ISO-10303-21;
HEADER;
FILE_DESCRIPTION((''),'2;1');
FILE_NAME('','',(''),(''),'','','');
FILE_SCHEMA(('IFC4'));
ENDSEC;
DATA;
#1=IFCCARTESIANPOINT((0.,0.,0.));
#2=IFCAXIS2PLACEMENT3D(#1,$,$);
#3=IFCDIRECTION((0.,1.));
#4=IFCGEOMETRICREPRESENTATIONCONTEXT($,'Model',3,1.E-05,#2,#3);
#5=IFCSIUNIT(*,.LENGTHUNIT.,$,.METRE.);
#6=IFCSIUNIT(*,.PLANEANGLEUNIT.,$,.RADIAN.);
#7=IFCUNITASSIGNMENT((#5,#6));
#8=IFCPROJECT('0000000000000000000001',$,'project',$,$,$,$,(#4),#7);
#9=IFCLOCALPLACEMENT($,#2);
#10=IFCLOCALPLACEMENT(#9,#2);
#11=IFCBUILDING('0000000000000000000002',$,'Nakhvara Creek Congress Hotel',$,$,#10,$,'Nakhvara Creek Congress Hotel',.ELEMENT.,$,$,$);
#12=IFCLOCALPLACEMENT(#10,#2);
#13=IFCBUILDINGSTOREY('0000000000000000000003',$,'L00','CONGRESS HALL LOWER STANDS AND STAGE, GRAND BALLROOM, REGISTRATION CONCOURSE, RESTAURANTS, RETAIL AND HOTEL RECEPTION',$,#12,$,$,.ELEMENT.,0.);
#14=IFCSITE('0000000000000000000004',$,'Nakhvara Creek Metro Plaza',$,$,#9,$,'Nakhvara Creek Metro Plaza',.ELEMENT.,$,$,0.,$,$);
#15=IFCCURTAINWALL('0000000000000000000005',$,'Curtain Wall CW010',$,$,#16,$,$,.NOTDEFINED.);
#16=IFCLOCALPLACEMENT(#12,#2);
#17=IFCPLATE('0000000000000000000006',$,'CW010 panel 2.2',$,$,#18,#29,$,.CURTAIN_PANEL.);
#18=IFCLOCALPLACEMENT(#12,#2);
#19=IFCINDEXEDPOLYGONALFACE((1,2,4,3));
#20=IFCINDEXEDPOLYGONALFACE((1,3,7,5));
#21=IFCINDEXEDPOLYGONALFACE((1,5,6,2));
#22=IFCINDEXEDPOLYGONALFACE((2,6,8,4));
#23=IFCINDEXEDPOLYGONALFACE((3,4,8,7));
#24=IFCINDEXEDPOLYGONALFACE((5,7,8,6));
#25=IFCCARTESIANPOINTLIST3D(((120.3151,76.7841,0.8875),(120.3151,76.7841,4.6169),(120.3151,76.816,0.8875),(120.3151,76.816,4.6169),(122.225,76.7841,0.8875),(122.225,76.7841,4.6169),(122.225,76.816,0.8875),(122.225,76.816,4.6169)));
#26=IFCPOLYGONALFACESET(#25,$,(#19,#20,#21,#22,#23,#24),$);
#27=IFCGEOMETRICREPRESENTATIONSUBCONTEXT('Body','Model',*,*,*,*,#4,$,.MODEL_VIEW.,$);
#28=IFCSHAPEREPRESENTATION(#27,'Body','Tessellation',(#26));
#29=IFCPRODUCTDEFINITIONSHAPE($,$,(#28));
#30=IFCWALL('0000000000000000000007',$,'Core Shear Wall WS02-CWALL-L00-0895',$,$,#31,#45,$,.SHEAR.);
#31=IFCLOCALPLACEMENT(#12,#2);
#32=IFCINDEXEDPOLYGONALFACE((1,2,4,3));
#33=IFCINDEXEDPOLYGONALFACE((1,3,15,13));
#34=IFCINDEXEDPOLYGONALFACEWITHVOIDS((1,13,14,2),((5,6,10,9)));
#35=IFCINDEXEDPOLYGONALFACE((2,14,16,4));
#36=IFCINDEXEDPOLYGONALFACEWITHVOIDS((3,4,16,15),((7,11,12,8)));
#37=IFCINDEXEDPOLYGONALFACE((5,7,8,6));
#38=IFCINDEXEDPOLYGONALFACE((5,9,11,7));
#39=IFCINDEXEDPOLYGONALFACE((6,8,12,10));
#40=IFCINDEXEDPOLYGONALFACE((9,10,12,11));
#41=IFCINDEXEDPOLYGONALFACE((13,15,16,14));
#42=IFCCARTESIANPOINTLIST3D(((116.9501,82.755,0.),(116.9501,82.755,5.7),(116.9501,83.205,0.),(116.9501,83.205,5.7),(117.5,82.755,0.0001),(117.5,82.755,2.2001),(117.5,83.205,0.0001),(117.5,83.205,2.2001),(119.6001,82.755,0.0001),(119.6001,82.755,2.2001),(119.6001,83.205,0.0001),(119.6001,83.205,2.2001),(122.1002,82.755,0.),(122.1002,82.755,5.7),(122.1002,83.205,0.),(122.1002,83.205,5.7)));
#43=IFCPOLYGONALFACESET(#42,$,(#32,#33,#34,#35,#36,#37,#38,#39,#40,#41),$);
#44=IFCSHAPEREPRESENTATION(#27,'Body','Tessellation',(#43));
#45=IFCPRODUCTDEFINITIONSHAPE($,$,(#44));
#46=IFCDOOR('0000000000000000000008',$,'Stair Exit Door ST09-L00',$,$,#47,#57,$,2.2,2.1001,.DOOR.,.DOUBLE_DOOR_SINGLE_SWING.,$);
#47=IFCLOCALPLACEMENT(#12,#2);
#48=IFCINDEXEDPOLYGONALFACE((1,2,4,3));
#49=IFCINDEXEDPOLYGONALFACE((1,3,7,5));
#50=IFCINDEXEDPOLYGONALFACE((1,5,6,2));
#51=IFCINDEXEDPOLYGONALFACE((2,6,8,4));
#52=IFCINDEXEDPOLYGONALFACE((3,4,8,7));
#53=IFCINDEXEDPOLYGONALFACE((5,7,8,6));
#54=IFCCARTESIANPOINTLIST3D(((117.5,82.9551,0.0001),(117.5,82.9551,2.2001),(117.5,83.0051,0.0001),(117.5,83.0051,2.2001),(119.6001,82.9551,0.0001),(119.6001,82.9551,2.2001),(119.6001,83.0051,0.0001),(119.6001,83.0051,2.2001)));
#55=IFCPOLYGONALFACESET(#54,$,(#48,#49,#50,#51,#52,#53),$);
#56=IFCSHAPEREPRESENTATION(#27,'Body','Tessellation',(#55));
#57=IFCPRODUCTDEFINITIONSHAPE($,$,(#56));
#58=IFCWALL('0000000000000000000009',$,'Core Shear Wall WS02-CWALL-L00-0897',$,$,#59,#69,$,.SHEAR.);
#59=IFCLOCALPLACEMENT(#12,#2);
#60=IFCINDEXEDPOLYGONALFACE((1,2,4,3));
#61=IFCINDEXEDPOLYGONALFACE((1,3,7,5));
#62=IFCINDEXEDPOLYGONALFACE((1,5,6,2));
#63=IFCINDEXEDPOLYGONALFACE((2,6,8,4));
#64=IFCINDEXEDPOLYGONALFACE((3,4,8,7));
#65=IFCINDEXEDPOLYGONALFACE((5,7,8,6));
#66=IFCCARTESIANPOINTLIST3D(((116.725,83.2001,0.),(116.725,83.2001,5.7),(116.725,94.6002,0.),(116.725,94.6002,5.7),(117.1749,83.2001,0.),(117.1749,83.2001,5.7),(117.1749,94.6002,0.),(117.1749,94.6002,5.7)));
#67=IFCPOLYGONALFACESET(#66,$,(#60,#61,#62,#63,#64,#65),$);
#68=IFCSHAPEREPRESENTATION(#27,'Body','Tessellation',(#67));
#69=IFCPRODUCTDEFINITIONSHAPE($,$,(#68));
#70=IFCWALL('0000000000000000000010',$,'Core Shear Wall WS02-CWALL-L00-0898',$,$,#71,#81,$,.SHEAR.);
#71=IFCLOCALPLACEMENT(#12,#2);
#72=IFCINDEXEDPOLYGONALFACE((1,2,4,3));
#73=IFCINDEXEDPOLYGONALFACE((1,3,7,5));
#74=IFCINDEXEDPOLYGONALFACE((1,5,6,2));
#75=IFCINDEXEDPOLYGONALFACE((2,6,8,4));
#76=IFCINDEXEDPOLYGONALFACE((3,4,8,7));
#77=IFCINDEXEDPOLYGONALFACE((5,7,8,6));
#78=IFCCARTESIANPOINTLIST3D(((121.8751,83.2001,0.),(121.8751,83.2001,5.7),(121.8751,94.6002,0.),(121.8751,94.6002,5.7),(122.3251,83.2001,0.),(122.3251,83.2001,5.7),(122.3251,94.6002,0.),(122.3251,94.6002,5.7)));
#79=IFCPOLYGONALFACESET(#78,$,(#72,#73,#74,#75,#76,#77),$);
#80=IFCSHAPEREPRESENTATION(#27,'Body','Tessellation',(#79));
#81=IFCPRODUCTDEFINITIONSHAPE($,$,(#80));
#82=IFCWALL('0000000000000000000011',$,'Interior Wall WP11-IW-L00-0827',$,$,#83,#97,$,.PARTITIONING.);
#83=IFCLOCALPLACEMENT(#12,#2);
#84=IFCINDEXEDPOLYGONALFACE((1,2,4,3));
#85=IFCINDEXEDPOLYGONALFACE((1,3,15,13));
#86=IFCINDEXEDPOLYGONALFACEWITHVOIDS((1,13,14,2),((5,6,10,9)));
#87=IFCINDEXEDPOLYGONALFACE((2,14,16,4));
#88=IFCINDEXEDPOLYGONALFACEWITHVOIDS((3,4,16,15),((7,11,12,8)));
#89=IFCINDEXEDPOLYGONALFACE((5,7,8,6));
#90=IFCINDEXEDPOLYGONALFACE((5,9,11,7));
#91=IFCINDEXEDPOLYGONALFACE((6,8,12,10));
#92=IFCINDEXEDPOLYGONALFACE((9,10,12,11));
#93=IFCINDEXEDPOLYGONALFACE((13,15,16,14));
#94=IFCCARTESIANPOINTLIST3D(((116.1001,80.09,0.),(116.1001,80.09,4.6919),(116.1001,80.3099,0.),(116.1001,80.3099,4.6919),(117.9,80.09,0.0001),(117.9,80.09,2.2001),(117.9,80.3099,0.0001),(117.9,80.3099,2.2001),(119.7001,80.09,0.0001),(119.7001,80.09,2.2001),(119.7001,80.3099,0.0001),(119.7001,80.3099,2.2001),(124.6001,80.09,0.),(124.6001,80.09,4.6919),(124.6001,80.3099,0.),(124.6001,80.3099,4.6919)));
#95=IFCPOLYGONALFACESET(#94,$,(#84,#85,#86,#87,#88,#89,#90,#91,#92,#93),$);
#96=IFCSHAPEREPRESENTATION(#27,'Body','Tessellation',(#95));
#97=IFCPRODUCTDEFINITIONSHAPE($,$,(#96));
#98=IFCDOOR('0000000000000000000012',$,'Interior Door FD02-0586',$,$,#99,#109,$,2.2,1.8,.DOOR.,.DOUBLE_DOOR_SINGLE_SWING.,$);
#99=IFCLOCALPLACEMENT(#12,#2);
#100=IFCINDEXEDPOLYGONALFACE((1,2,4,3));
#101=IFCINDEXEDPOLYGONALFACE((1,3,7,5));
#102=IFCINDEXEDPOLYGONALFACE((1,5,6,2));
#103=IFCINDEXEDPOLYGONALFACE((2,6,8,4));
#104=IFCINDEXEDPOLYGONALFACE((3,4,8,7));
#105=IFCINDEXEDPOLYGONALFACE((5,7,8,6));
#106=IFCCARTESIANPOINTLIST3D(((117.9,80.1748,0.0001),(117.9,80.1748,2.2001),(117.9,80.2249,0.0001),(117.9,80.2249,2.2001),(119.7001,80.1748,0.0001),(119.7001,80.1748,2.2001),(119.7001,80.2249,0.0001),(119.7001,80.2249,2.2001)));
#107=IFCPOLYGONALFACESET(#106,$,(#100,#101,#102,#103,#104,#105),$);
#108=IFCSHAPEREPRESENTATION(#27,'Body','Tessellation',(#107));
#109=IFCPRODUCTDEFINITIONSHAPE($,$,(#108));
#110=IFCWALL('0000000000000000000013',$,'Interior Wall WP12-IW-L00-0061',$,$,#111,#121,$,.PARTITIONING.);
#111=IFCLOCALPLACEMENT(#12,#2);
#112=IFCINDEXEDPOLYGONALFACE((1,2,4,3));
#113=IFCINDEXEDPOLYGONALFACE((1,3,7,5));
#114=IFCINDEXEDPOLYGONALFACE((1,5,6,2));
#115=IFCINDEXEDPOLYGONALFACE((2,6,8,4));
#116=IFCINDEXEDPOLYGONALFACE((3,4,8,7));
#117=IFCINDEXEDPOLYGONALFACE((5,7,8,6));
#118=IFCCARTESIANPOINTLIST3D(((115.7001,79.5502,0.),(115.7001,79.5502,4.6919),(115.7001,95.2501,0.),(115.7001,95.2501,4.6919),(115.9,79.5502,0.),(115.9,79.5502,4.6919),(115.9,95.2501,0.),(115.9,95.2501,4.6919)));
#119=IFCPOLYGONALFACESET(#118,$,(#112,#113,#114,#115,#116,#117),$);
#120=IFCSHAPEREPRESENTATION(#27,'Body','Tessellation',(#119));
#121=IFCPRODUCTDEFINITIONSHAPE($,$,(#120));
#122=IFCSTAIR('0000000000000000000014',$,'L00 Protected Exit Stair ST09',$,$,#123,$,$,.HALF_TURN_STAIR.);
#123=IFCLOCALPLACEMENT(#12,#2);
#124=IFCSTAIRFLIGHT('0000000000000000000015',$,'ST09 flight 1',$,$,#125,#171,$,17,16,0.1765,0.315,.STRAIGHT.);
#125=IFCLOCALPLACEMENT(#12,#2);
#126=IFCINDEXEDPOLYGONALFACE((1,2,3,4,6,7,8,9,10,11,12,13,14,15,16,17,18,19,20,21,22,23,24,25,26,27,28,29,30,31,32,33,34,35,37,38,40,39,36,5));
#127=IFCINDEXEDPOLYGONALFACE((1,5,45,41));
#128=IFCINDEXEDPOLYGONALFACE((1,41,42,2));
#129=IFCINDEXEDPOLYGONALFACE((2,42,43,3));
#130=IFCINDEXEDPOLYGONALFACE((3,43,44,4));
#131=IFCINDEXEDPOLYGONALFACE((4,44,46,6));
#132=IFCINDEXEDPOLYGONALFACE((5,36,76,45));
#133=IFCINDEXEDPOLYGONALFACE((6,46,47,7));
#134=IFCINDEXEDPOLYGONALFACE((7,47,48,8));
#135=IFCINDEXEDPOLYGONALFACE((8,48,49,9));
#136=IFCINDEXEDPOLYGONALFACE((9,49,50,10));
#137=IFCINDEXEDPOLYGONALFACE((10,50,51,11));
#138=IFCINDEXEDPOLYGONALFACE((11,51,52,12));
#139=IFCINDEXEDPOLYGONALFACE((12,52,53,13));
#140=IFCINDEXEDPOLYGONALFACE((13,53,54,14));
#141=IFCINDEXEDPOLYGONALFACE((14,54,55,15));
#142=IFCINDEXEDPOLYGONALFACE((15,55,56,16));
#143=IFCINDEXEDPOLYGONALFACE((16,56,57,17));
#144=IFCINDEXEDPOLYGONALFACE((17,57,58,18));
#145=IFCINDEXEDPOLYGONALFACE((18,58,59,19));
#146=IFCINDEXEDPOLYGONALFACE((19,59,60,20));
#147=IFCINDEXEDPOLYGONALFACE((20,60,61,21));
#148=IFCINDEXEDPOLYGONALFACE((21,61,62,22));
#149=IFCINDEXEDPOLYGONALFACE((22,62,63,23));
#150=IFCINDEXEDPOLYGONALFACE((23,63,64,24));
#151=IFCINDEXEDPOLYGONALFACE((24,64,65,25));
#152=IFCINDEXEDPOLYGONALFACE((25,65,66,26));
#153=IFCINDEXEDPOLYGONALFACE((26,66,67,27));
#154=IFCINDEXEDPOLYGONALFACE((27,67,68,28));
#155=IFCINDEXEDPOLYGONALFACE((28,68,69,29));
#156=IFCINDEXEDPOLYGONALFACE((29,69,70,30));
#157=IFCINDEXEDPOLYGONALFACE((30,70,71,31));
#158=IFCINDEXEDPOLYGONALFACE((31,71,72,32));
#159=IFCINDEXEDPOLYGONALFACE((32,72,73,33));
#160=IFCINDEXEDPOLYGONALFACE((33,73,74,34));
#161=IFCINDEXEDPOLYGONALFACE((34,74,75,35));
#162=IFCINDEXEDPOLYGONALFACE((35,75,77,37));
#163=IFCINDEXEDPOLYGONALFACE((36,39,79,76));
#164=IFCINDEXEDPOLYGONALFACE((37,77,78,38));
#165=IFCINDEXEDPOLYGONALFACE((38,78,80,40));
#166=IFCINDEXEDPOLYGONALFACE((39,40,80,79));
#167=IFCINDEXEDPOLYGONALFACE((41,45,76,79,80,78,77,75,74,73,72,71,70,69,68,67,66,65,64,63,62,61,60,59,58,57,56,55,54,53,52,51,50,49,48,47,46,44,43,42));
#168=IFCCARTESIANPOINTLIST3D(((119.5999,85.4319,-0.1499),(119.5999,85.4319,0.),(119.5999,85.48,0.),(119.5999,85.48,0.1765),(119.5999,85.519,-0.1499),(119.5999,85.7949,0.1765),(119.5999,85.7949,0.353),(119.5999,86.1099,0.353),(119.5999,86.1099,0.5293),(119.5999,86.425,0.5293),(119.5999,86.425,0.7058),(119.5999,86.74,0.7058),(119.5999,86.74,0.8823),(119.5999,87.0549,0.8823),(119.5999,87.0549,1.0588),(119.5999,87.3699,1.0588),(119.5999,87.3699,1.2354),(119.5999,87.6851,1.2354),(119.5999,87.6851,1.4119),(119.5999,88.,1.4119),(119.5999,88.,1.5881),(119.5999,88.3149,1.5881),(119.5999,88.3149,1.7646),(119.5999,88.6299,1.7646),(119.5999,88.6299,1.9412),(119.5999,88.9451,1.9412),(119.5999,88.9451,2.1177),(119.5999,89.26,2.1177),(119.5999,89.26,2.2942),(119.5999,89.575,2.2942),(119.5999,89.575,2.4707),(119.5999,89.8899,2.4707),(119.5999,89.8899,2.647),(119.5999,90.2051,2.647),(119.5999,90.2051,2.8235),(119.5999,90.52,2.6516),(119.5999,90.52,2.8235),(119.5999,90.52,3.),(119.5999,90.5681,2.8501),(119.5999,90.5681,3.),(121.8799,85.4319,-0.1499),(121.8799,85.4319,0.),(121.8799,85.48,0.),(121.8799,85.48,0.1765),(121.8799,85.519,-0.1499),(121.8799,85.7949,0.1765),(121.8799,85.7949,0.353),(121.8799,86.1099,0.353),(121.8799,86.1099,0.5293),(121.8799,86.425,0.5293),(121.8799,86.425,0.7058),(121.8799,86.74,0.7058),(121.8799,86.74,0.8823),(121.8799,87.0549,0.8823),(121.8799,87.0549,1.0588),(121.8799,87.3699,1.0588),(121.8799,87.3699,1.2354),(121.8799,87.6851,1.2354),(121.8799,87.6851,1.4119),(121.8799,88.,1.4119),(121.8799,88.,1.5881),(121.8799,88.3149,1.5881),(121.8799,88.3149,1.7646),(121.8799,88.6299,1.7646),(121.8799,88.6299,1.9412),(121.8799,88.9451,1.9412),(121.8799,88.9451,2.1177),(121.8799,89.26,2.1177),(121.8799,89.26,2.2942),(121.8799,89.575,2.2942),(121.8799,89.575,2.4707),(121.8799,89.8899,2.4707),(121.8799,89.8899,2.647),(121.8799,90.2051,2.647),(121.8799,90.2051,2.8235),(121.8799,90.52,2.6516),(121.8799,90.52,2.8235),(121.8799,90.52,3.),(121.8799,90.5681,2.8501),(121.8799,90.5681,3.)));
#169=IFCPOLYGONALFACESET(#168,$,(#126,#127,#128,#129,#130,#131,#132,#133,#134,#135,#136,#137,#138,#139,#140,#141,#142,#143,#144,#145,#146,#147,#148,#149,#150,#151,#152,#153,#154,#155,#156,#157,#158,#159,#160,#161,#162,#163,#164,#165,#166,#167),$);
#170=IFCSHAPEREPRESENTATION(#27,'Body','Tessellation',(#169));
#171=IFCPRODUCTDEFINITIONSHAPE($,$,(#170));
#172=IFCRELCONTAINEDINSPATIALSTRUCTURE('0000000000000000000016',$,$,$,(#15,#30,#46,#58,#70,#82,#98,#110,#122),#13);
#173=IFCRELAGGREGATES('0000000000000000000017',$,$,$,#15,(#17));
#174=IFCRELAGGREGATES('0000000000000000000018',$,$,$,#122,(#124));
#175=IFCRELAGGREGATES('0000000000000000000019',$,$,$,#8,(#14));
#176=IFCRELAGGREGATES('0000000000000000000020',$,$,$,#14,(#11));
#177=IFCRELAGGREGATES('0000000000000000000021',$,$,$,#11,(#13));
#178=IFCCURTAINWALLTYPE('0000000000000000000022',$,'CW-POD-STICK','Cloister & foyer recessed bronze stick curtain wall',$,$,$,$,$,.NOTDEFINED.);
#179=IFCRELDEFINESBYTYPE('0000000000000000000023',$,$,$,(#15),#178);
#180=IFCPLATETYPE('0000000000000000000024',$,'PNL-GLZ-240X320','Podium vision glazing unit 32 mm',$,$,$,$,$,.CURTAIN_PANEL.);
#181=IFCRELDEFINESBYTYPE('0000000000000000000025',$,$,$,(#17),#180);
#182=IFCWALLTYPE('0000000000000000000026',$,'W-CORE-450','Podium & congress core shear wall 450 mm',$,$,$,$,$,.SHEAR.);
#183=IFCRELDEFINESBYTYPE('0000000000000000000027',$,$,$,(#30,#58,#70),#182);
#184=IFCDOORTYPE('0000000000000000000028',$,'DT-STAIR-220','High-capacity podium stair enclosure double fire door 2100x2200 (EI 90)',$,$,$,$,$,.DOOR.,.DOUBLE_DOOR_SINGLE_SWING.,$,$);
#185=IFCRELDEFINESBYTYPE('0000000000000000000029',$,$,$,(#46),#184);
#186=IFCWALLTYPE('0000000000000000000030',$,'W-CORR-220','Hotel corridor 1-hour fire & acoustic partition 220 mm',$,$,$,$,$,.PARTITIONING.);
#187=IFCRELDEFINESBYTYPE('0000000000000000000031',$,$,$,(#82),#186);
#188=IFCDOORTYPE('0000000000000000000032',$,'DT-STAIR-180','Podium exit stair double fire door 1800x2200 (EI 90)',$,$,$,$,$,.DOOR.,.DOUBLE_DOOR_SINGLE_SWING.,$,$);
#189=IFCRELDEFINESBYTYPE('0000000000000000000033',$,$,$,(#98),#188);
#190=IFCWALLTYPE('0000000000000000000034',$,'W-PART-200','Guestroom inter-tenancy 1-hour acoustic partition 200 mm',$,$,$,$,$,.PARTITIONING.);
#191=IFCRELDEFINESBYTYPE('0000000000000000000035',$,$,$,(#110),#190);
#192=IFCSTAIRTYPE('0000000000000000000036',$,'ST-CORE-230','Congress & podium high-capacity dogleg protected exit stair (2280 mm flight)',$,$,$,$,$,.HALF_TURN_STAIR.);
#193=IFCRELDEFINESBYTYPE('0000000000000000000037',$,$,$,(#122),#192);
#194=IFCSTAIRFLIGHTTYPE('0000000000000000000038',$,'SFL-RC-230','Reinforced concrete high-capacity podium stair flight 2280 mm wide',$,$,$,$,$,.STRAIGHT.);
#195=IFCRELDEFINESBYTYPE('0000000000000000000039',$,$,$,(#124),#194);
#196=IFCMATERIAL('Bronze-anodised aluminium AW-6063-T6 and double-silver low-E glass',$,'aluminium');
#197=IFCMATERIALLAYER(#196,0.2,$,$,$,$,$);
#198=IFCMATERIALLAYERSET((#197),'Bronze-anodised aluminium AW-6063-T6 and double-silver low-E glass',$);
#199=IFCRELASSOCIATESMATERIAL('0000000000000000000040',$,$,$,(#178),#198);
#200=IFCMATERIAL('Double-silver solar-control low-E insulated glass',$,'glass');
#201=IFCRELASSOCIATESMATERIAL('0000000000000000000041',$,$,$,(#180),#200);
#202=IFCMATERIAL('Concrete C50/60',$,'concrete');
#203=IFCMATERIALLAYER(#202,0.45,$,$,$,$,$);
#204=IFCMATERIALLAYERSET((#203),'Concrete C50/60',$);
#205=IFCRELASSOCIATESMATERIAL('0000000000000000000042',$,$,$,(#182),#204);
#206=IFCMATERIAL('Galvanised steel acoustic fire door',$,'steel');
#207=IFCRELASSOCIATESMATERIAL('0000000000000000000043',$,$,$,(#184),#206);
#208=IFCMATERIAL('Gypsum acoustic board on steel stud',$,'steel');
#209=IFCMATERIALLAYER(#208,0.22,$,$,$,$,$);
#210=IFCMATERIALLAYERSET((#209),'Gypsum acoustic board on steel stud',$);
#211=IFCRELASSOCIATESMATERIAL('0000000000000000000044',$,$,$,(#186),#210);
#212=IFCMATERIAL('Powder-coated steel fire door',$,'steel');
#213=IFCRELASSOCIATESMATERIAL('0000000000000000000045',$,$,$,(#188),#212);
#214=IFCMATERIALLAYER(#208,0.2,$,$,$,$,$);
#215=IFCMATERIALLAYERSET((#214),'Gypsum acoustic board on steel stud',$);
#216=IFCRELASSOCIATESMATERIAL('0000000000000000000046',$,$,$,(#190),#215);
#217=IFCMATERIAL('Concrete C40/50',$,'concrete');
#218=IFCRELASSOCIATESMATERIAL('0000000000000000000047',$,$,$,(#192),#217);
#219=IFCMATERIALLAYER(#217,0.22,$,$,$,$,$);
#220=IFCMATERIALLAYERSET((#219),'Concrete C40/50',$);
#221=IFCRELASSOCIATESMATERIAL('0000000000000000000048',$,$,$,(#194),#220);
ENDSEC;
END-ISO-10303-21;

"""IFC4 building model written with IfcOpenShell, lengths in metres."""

from ifc_helpers import new_model, si_unit, direction, frame, frame_2d, origin, origin_2d, place, context, subcontext, project, spatial, polyline, rectangle, outline, extrude, material, layer, layer_set, type_object, element, fill, aggregate, save


model = new_model("IFC4")

# Units and contexts
model_context = context("Model", 3, precision=1e-05, world=origin(), true_north=direction((0.0, 1.0)))
body_context = subcontext(model_context, "Body", "Model", "MODEL_VIEW")
ifc_project = project(units=[si_unit("LENGTHUNIT", "METRE"), si_unit("PLANEANGLEUNIT", "RADIAN")], contexts=[model_context])

# Site, building, storey
site_placement = place(None, origin())
site = spatial("IfcSite", under=ifc_project, at=site_placement, Name="Nakhvara Creek Metro Plaza", LongName="Nakhvara Creek Metro Plaza", CompositionType="ELEMENT", RefElevation=0.0)
building_placement = place(site_placement, origin())
building = spatial("IfcBuilding", under=site, at=building_placement, Name="Nakhvara Creek Congress Hotel", LongName="Nakhvara Creek Congress Hotel", CompositionType="ELEMENT")
storey_placement = place(building_placement, origin())
storey = spatial("IfcBuildingStorey", under=building, at=storey_placement, Name="L00", Description="CONGRESS HALL LOWER STANDS AND STAGE, GRAND BALLROOM, REGISTRATION CONCOURSE, RESTAURANTS, RETAIL AND HOTEL RECEPTION", CompositionType="ELEMENT", Elevation=0.0)

# Shared definitions
ifc_material_1 = material(Name="Concrete C50/60", Category="concrete")

# Shared definitions
ifc_material_2 = material(Name="Concrete C40/50", Category="concrete")

# Shared definitions
ifc_material_3 = material(Name="Bronze-anodised aluminium AW-6063-T6 and double-silver low-E glass", Category="aluminium")
ifc_layer_1 = layer(ifc_material_3, 0.2)
ifc_layer_set_1 = layer_set([ifc_layer_1], Name="Bronze-anodised aluminium AW-6063-T6 and double-silver low-E glass")
curtain_wall_type = type_object("IfcCurtainWallType", Name="CW-POD-STICK", Description="Cloister & foyer recessed bronze stick curtain wall", PredefinedType="NOTDEFINED", material=ifc_layer_set_1)

# Curtain wall
curtain_wall_1_placement = place(storey_placement, origin())
curtain_wall_1 = element("IfcCurtainWall", 1, at=curtain_wall_1_placement, inside=storey, type_object=curtain_wall_type, Name="Curtain Wall CW010", PredefinedType="NOTDEFINED")

# Plate
ifc_material_4 = material(Name="Double-silver solar-control low-E insulated glass", Category="glass")
plate_type = type_object("IfcPlateType", Name="PNL-GLZ-240X320", Description="Podium vision glazing unit 32 mm", PredefinedType="CURTAIN_PANEL", material=ifc_material_4)
plate_1_placement = place(storey_placement, frame((121.27, 76.8, 0.8875), z_axis=(0.0, 0.0, 1.0), x_axis=(-1.0, 0.0, 0.0)))
plate_1 = element("IfcPlate", 2, at=plate_1_placement, type_object=plate_type, Name="CW010 panel 2.2", PredefinedType="CURTAIN_PANEL", context=body_context, shape_type="SweptSolid", body=[
    extrude(rectangle(XDim=1.9099, YDim=0.032, at=origin_2d()), origin(), (0.0, 0.0, 1.0), 3.7295),
])
aggregate(curtain_wall_1, [plate_1])

# Wall, opening, door
ifc_layer_2 = layer(ifc_material_1, 0.45)
ifc_layer_set_2 = layer_set([ifc_layer_2], Name="Concrete C50/60")
wall_type_1 = type_object("IfcWallType", Name="W-CORE-450", Description="Podium & congress core shear wall 450 mm", PredefinedType="SHEAR", material=ifc_layer_set_2)
wall_1_placement = place(storey_placement, frame((116.95, 82.98, 0.0), z_axis=(0.0, 0.0, 1.0), x_axis=(1.0, 0.0, 0.0)))
wall_1 = element("IfcWall", 3, at=wall_1_placement, inside=storey, type_object=wall_type_1, Name="Core Shear Wall WS02-CWALL-L00-0895", PredefinedType="SHEAR", context=body_context, shape_type="SweptSolid", body=[
    extrude(rectangle(XDim=5.1501, YDim=0.45, at=frame_2d((2.5752, 0.0))), origin(), (0.0, 0.0, 1.0), 5.7),
])
opening_1_placement = place(wall_1_placement, frame((0.55, 0.0, 0.0)))
opening_1 = element("IfcOpeningElement", 4, at=opening_1_placement, cuts=wall_1, PredefinedType="OPENING", context=body_context, shape_type="SweptSolid", body=[
    extrude(rectangle(XDim=2.1001, YDim=2.2, at=frame_2d((1.05, 1.1001))), frame((0.0, 0.2368, 0.0), z_axis=(0.0, -1.0, 0.0), x_axis=(1.0, 0.0, 0.0)), (0.0, 0.0, 1.0), 0.4739),
])
ifc_material_5 = material(Name="Galvanised steel acoustic fire door", Category="steel")
door_type_1 = type_object("IfcDoorType", Name="DT-STAIR-220", Description="High-capacity podium stair enclosure double fire door 2100x2200 (EI 90)", OperationType="DOUBLE_DOOR_SINGLE_SWING", PredefinedType="DOOR", material=ifc_material_5)
door_1_placement = place(opening_1_placement, frame((2.1001, 0.0, 0.0), z_axis=(0.0, 0.0, 1.0), x_axis=(-1.0, 0.0, 0.0)))
door_1 = element("IfcDoor", 5, at=door_1_placement, inside=storey, type_object=door_type_1, Name="Stair Exit Door ST09-L00", OperationType="DOUBLE_DOOR_SINGLE_SWING", OverallHeight=2.2, OverallWidth=2.1001, PredefinedType="DOOR", context=body_context, shape_type="SweptSolid", body=[
    extrude(rectangle(XDim=2.1001, YDim=2.2, at=frame_2d((1.05, 1.1001))), frame((0.0, 0.0249, 0.0), z_axis=(0.0, -1.0, 0.0), x_axis=(1.0, 0.0, 0.0)), (0.0, 0.0, 1.0), 0.05),
])
fill(opening_1, door_1)

# Walls
for number, where, z_axis, x_axis, name in (
    (6, (116.95, 83.2, 0.0), (0.0, 0.0, 1.0), (0.0, 1.0, 0.0), "Core Shear Wall WS02-CWALL-L00-0897"),
    (7, (122.1001, 83.2, 0.0), (0.0, 0.0, 1.0), (0.0, 1.0, 0.0), "Core Shear Wall WS02-CWALL-L00-0898"),
):
    element("IfcWall", number, at=place(storey_placement, frame(where, z_axis=z_axis, x_axis=x_axis)), inside=storey, type_object=wall_type_1, Name=name, PredefinedType="SHEAR", context=body_context, shape_type="SweptSolid", body=[
        extrude(rectangle(XDim=11.4001, YDim=0.45, at=frame_2d((5.7002, 0.0))), origin(), (0.0, 0.0, 1.0), 5.7),
    ])

# Wall, opening, door
ifc_material_6 = material(Name="Gypsum acoustic board on steel stud", Category="steel")
ifc_layer_3 = layer(ifc_material_6, 0.22)
ifc_layer_set_3 = layer_set([ifc_layer_3], Name="Gypsum acoustic board on steel stud")
wall_type_2 = type_object("IfcWallType", Name="W-CORR-220", Description="Hotel corridor 1-hour fire & acoustic partition 220 mm", PredefinedType="PARTITIONING", material=ifc_layer_set_3)
wall_2_placement = place(storey_placement, frame((116.1001, 80.2, 0.0), z_axis=(0.0, 0.0, 1.0), x_axis=(1.0, 0.0, 0.0)))
wall_2 = element("IfcWall", 8, at=wall_2_placement, inside=storey, type_object=wall_type_2, Name="Interior Wall WP11-IW-L00-0827", PredefinedType="PARTITIONING", context=body_context, shape_type="SweptSolid", body=[
    extrude(rectangle(XDim=8.5, YDim=0.22, at=frame_2d((4.25, 0.0))), origin(), (0.0, 0.0, 1.0), 4.6919),
])
opening_2_placement = place(wall_2_placement, frame((1.8, 0.0, 0.0)))
opening_2 = element("IfcOpeningElement", 9, at=opening_2_placement, cuts=wall_2, PredefinedType="OPENING", context=body_context, shape_type="SweptSolid", body=[
    extrude(rectangle(XDim=1.8, YDim=2.2, at=frame_2d((0.8999, 1.1001))), frame((0.0, 0.1221, 0.0), z_axis=(0.0, -1.0, 0.0), x_axis=(1.0, 0.0, 0.0)), (0.0, 0.0, 1.0), 0.2439),
])
ifc_material_7 = material(Name="Powder-coated steel fire door", Category="steel")
door_type_2 = type_object("IfcDoorType", Name="DT-STAIR-180", Description="Podium exit stair double fire door 1800x2200 (EI 90)", OperationType="DOUBLE_DOOR_SINGLE_SWING", PredefinedType="DOOR", material=ifc_material_7)
door_2_placement = place(opening_2_placement, origin())
door_2 = element("IfcDoor", 10, at=door_2_placement, inside=storey, type_object=door_type_2, Name="Interior Door FD02-0586", OperationType="DOUBLE_DOOR_SINGLE_SWING", OverallHeight=2.2, OverallWidth=1.8, PredefinedType="DOOR", context=body_context, shape_type="SweptSolid", body=[
    extrude(rectangle(XDim=1.8, YDim=2.2, at=frame_2d((0.8999, 1.1001))), frame((0.0, 0.0249, 0.0), z_axis=(0.0, -1.0, 0.0), x_axis=(1.0, 0.0, 0.0)), (0.0, 0.0, 1.0), 0.05),
])
fill(opening_2, door_2)

# Wall
ifc_layer_4 = layer(ifc_material_6, 0.2)
ifc_layer_set_4 = layer_set([ifc_layer_4], Name="Gypsum acoustic board on steel stud")
wall_type_3 = type_object("IfcWallType", Name="W-PART-200", Description="Guestroom inter-tenancy 1-hour acoustic partition 200 mm", PredefinedType="PARTITIONING", material=ifc_layer_set_4)
wall_3_placement = place(storey_placement, frame((115.8, 79.55, 0.0), z_axis=(0.0, 0.0, 1.0), x_axis=(0.0, 1.0, 0.0)))
element("IfcWall", 11, at=wall_3_placement, inside=storey, type_object=wall_type_3, Name="Interior Wall WP12-IW-L00-0061", PredefinedType="PARTITIONING", context=body_context, shape_type="SweptSolid", body=[
    extrude(rectangle(XDim=15.7, YDim=0.2, at=frame_2d((7.8501, 0.0))), origin(), (0.0, 0.0, 1.0), 4.6919),
])

# Stair, stair flight
stair_type = type_object("IfcStairType", Name="ST-CORE-230", Description="Congress & podium high-capacity dogleg protected exit stair (2280 mm flight)", PredefinedType="HALF_TURN_STAIR", material=ifc_material_2)
stair_placement = place(storey_placement, origin())
stair = element("IfcStair", 12, at=stair_placement, inside=storey, type_object=stair_type, Name="L00 Protected Exit Stair ST09", PredefinedType="HALF_TURN_STAIR")
ifc_layer_5 = layer(ifc_material_2, 0.22)
ifc_layer_set_5 = layer_set([ifc_layer_5], Name="Concrete C40/50")
stair_flight_type = type_object("IfcStairFlightType", Name="SFL-RC-230", Description="Reinforced concrete high-capacity podium stair flight 2280 mm wide", PredefinedType="STRAIGHT", material=ifc_layer_set_5)
stair_flight_placement = place(storey_placement, frame((120.74, 85.48, 0.0), z_axis=(0.0, 0.0, 1.0), x_axis=(0.0, 1.0, 0.0)))
stair_flight = element("IfcStairFlight", 13, at=stair_flight_placement, type_object=stair_flight_type, Name="ST09 flight 1", NumberOfRisers=17, NumberOfTreads=16, PredefinedType="STRAIGHT", RiserHeight=0.1765, TreadLength=0.315, context=body_context, shape_type="SweptSolid", body=[
    extrude(outline(polyline([(-0.0481, 0.0), (0.0, 0.0), (0.0, 0.1765), (0.3149, 0.1765), (0.3149, 0.353), (0.6299, 0.353), (0.6299, 0.5293), (0.9451, 0.5293), (0.9451, 0.7058), (1.26, 0.7058), (1.26, 0.8823), (1.575, 0.8823), (1.575, 1.0588), (1.8899, 1.0588), (1.8899, 1.2354), (2.2051, 1.2354), (2.2051, 1.4119), (2.52, 1.4119), (2.52, 1.5881), (2.835, 1.5881), (2.835, 1.7646), (3.1499, 1.7646), (3.1499, 1.9412), (3.4651, 1.9412), (3.4651, 2.1177), (3.78, 2.1177), (3.78, 2.2942), (4.095, 2.2942), (4.095, 2.4707), (4.4099, 2.4707), (4.4099, 2.647), (4.7251, 2.647), (4.7251, 2.8235), (5.04, 2.8235), (5.04, 3.0), (5.0881, 3.0), (5.0881, 2.8501), (5.04, 2.6516), (0.0391, -0.1499), (-0.0481, -0.1499), (-0.0481, 0.0)])), frame((0.0, 1.1401, 0.0), z_axis=(0.0, -1.0, 0.0), x_axis=(1.0, 0.0, 0.0)), (0.0, 0.0, 1.0), 2.28),
])
aggregate(stair, [stair_flight])

save(model, "model.ifc")
